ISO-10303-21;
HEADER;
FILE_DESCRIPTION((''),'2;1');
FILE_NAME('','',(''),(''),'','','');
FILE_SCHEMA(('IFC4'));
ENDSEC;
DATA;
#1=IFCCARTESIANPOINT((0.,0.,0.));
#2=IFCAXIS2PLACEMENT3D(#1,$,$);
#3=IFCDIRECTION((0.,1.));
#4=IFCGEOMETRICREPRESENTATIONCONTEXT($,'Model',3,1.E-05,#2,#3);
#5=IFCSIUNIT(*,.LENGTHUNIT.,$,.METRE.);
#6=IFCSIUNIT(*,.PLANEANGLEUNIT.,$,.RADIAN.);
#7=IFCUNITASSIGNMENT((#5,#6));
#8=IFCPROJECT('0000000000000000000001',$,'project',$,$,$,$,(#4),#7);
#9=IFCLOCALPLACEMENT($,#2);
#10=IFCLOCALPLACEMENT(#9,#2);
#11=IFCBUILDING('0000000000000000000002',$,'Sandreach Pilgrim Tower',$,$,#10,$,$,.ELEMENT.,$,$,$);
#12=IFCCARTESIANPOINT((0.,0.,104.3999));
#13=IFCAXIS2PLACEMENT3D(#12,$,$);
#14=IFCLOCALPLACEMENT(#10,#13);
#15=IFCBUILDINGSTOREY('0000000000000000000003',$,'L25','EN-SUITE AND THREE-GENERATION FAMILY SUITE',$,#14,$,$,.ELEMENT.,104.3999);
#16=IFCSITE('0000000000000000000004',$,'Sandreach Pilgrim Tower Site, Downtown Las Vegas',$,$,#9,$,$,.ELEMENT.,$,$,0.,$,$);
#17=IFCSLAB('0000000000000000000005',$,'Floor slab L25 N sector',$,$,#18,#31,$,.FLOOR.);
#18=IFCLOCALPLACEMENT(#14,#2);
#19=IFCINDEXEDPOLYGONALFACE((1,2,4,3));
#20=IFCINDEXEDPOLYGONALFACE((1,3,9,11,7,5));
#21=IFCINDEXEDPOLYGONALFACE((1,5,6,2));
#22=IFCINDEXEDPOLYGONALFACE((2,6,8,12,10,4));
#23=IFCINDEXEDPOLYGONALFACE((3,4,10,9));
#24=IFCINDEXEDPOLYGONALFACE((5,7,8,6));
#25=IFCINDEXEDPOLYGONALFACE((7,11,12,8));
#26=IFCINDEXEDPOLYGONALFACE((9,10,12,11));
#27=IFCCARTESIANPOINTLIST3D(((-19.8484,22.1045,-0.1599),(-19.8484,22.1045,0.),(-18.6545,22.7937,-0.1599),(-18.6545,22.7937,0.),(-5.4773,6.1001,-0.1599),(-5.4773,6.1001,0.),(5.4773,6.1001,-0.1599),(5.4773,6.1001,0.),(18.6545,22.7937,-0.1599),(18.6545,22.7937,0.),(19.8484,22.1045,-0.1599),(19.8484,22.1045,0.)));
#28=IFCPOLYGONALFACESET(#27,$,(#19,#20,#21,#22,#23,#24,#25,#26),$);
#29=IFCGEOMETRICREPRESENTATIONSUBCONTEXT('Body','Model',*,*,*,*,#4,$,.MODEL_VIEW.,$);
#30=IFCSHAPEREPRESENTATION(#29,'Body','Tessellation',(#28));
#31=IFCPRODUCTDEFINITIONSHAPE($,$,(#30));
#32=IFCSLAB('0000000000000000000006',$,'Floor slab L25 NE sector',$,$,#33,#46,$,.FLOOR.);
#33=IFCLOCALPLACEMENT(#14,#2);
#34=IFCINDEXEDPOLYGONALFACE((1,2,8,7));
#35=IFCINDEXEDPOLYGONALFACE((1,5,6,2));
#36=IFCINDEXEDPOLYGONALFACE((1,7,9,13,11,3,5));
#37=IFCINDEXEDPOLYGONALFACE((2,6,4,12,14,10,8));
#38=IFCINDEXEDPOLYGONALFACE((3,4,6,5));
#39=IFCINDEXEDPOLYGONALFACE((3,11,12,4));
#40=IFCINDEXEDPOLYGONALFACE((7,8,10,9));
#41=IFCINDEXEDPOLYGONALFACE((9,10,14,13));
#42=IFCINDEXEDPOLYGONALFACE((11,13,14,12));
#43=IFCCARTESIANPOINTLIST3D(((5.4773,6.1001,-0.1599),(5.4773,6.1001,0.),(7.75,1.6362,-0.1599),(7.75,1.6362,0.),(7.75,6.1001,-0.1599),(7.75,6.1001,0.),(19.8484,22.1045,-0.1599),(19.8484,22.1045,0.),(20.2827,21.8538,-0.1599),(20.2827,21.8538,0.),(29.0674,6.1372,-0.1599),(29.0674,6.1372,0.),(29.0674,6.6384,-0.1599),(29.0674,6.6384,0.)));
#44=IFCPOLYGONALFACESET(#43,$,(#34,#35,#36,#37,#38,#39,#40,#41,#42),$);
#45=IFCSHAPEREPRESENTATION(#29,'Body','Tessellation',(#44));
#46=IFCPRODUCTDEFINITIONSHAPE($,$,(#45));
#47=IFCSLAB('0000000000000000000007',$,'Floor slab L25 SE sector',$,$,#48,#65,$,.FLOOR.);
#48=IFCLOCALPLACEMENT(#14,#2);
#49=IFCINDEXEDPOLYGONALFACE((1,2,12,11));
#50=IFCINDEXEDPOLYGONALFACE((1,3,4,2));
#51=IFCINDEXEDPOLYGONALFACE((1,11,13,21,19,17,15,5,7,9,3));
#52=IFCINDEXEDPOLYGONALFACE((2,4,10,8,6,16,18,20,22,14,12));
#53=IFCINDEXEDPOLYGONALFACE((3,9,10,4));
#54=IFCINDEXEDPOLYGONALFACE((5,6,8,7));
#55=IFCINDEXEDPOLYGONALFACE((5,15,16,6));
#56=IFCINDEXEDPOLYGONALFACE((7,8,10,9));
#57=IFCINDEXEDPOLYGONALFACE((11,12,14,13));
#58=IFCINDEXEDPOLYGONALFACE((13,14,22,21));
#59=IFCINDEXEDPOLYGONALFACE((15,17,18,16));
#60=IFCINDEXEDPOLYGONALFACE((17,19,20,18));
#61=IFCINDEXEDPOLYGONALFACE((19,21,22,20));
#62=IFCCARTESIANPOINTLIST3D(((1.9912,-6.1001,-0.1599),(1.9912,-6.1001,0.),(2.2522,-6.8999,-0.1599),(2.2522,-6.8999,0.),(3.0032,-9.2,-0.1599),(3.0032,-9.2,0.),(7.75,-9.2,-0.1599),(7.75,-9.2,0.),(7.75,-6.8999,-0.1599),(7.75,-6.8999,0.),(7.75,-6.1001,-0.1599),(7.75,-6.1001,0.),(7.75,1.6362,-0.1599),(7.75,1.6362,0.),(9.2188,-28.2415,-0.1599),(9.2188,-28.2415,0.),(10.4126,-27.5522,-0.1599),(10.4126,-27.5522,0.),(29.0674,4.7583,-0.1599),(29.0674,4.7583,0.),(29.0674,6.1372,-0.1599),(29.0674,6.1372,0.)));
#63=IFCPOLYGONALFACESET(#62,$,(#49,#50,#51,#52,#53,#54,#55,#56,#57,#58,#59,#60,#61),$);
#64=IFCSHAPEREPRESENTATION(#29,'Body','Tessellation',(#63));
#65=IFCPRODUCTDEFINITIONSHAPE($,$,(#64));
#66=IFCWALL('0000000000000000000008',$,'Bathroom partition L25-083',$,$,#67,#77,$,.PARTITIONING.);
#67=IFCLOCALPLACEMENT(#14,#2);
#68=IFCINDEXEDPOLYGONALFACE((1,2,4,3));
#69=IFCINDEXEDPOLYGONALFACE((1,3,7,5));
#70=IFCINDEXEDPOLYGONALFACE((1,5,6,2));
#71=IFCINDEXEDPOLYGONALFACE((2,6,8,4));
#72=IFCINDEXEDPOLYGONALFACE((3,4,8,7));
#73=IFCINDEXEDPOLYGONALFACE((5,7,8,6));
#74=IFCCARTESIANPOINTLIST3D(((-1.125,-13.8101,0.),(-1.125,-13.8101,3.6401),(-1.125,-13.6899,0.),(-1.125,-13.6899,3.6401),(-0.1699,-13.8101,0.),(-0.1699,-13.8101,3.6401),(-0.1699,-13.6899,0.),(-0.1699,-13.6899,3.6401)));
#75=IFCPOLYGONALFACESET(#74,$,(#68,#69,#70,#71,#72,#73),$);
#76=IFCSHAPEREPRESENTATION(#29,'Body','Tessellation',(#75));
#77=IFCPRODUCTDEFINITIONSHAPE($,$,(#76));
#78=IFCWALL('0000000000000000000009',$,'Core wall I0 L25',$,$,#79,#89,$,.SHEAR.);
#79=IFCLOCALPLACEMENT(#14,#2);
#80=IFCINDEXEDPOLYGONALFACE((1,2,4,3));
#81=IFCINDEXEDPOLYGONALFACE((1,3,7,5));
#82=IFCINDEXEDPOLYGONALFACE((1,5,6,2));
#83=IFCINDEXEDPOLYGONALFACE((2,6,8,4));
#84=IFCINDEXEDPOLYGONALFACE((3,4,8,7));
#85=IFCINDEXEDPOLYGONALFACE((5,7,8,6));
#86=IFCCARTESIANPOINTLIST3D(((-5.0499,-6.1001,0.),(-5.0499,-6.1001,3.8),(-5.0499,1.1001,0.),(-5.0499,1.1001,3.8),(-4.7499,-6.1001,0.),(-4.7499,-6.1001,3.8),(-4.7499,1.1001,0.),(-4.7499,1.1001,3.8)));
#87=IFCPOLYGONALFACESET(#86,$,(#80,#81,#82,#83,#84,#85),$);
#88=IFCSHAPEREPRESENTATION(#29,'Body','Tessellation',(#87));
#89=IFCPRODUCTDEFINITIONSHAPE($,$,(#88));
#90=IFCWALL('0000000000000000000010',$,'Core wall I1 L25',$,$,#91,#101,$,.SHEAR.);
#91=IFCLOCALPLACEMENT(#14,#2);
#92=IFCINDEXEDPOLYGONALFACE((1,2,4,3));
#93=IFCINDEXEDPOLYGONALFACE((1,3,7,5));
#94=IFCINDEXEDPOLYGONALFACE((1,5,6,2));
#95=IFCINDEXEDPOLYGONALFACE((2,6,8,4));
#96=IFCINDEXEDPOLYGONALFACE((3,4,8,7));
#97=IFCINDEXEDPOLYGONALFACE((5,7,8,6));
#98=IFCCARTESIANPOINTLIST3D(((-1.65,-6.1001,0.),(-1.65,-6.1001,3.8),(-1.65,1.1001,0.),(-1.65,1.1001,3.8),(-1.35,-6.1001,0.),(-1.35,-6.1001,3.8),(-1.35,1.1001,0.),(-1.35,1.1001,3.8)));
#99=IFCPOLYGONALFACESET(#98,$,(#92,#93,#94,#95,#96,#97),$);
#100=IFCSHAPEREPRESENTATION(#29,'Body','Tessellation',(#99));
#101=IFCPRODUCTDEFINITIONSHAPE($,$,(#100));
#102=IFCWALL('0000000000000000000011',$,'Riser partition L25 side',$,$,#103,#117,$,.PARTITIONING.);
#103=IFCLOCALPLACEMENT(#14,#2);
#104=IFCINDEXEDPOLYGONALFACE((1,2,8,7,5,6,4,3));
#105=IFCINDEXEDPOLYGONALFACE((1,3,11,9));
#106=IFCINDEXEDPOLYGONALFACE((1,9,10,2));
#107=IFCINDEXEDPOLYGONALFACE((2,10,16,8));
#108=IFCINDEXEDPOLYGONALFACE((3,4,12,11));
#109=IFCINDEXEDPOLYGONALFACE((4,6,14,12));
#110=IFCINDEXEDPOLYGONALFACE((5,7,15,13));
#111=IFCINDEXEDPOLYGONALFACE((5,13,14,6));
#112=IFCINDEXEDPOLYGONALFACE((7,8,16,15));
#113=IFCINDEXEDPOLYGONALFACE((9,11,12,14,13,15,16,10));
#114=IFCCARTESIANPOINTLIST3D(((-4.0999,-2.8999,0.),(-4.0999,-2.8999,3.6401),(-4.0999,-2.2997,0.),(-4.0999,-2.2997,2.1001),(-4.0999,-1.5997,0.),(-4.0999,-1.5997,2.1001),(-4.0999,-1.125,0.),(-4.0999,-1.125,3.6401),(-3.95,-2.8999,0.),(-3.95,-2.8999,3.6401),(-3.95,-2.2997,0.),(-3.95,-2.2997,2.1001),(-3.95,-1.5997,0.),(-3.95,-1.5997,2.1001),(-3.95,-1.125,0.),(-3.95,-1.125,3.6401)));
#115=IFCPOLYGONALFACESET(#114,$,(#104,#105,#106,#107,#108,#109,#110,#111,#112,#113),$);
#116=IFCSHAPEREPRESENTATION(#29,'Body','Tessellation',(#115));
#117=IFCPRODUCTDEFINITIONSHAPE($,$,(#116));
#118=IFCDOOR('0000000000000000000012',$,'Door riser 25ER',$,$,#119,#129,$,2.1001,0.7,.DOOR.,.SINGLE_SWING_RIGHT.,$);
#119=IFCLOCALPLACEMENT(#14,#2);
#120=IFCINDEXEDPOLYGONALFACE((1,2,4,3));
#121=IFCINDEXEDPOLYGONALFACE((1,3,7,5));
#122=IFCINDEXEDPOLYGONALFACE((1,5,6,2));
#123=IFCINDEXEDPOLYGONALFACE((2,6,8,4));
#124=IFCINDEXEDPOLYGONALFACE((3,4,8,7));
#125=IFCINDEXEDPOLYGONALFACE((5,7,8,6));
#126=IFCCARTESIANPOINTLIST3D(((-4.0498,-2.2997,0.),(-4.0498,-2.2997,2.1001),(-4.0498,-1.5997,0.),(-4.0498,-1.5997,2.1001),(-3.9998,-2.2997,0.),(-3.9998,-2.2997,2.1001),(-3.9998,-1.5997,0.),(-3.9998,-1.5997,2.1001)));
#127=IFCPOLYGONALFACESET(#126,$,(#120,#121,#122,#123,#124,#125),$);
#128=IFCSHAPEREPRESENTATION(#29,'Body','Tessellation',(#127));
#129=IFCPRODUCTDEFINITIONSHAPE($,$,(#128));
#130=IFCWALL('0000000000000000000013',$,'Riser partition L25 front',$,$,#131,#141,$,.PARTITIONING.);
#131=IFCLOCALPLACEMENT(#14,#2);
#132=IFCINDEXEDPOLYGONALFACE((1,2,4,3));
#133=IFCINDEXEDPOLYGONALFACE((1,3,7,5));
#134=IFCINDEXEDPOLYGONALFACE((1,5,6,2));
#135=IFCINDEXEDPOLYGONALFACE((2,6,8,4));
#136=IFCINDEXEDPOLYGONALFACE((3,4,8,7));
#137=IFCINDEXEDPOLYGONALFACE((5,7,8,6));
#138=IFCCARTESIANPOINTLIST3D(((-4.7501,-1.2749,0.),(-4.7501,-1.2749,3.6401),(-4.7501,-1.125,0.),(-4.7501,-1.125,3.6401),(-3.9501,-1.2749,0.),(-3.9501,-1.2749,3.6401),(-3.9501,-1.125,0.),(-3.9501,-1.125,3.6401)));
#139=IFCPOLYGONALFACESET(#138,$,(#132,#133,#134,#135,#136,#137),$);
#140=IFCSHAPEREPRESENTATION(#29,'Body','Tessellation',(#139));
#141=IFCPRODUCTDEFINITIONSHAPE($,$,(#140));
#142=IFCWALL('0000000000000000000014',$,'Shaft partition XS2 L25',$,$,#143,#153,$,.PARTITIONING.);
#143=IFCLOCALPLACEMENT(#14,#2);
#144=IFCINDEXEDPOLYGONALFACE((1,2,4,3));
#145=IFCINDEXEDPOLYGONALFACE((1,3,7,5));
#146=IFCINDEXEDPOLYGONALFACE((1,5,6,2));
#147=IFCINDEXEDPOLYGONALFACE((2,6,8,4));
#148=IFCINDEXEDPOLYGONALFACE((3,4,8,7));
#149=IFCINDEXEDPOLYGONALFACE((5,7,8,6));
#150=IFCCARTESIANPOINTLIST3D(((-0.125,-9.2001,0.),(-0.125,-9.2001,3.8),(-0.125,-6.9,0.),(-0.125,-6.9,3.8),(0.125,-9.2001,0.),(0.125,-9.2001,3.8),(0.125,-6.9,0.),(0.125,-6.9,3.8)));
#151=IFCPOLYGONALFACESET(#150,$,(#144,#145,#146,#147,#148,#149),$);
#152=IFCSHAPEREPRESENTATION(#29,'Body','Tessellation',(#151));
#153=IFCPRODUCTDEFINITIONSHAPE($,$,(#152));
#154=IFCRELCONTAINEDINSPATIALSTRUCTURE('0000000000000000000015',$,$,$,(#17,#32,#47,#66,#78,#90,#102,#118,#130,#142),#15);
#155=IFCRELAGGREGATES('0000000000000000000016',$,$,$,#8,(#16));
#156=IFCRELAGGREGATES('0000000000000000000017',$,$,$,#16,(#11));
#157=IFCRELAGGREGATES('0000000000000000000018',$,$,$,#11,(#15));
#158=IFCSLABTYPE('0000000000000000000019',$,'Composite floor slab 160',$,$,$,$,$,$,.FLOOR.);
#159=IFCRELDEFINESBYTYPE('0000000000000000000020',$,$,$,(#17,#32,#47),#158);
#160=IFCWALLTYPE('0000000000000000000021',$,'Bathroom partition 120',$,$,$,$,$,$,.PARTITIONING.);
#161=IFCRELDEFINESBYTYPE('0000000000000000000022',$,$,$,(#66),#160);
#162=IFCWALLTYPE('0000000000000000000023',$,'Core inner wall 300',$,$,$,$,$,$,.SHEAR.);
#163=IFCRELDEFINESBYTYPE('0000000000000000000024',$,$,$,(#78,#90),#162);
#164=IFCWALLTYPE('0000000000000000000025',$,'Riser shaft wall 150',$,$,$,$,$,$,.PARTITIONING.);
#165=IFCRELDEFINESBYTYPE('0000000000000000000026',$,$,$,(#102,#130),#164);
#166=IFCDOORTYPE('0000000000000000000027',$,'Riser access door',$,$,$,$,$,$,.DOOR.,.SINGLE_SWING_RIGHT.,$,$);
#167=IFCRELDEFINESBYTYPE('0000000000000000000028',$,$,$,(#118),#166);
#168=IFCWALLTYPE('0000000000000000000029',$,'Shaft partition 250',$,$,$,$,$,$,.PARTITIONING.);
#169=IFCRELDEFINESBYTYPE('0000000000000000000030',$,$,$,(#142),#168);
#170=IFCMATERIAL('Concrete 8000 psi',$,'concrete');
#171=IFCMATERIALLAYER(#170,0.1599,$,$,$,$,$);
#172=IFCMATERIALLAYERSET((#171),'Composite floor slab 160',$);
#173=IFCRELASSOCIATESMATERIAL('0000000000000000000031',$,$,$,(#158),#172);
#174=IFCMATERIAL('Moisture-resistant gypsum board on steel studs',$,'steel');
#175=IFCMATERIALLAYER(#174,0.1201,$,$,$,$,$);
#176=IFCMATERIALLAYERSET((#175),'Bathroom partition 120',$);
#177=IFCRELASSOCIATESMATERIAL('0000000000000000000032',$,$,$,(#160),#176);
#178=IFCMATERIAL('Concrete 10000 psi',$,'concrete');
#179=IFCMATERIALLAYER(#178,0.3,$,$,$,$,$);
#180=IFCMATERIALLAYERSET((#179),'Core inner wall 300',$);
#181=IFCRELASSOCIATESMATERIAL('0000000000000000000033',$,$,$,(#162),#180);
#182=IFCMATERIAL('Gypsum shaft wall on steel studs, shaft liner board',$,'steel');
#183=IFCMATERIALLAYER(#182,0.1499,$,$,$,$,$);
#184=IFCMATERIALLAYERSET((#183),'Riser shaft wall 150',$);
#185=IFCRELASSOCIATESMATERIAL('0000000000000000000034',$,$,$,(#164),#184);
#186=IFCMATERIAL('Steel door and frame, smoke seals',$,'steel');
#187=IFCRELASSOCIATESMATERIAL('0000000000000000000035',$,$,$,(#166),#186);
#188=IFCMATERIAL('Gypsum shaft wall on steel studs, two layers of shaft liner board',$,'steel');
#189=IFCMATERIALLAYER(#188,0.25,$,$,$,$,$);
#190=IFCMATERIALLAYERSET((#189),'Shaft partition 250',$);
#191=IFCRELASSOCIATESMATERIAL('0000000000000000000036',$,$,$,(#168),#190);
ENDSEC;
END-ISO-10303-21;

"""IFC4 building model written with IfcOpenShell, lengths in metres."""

from ifc_helpers import new_model, si_unit, direction, frame, frame_2d, origin, place, context, subcontext, project, spatial, polyline, rectangle, outline, extrude, material, layer, layer_set, type_object, element, fill, save


model = new_model("IFC4")

# Units and contexts
model_context = context("Model", 3, precision=1e-05, world=origin(), true_north=direction((0.0, 1.0)))
body_context = subcontext(model_context, "Body", "Model", "MODEL_VIEW")
ifc_project = project(units=[si_unit("LENGTHUNIT", "METRE"), si_unit("PLANEANGLEUNIT", "RADIAN")], contexts=[model_context])

# Site, building, storey
site_placement = place(None, origin())
site = spatial("IfcSite", under=ifc_project, at=site_placement, Name="Sandreach Pilgrim Tower Site, Downtown Las Vegas", CompositionType="ELEMENT", RefElevation=0.0)
building_placement = place(site_placement, origin())
building = spatial("IfcBuilding", under=site, at=building_placement, Name="Sandreach Pilgrim Tower", CompositionType="ELEMENT")
storey_placement = place(building_placement, frame((0.0, 0.0, 104.3999)))
storey = spatial("IfcBuildingStorey", under=building, at=storey_placement, Name="L25", Description="EN-SUITE AND THREE-GENERATION FAMILY SUITE", CompositionType="ELEMENT", Elevation=104.3999)

# Slabs
ifc_material_1 = material(Name="Concrete 8000 psi", Category="concrete")
ifc_layer_1 = layer(ifc_material_1, 0.1599)
ifc_layer_set_1 = layer_set([ifc_layer_1], Name="Composite floor slab 160")
slab_type = type_object("IfcSlabType", Name="Composite floor slab 160", PredefinedType="FLOOR", material=ifc_layer_set_1)
slab_1_placement = place(storey_placement, frame((0.0, 0.0, -0.1599)))
element("IfcSlab", 1, at=slab_1_placement, inside=storey, type_object=slab_type, Name="Floor slab L25 N sector", PredefinedType="FLOOR", context=body_context, shape_type="SweptSolid", body=[
    extrude(outline(polyline([(-18.6545, 22.7937), (18.6545, 22.7937), (19.8484, 22.1045), (5.4773, 6.1001), (-5.4773, 6.1001), (-19.8484, 22.1045), (-18.6545, 22.7937)])), origin(), (0.0, 0.0, 1.0), 0.1599),
])
slab_2_placement = place(storey_placement, frame((0.0, 0.0, -0.1599)))
element("IfcSlab", 2, at=slab_2_placement, inside=storey, type_object=slab_type, Name="Floor slab L25 NE sector", PredefinedType="FLOOR", context=body_context, shape_type="SweptSolid", body=[
    extrude(outline(polyline([(20.2827, 21.8538), (29.0674, 6.6384), (29.0674, 6.1372), (7.75, 1.6362), (7.75, 6.1001), (5.4773, 6.1001), (19.8484, 22.1045), (20.2827, 21.8538)])), origin(), (0.0, 0.0, 1.0), 0.1599),
])
slab_3_placement = place(storey_placement, frame((0.0, 0.0, -0.1599)))
element("IfcSlab", 3, at=slab_3_placement, inside=storey, type_object=slab_type, Name="Floor slab L25 SE sector", PredefinedType="FLOOR", context=body_context, shape_type="SweptSolid", body=[
    extrude(outline(polyline([(29.0674, 4.7583), (10.4126, -27.5522), (9.2188, -28.2415), (3.0032, -9.2), (7.75, -9.2), (7.75, -6.8999), (2.2522, -6.8999), (1.9912, -6.1001), (7.75, -6.1001), (7.75, 1.6362), (29.0674, 6.1372), (29.0674, 4.7583)])), origin(), (0.0, 0.0, 1.0), 0.1599),
])

# Walls
ifc_material_2 = material(Name="Moisture-resistant gypsum board on steel studs", Category="steel")
ifc_layer_2 = layer(ifc_material_2, 0.1201)
ifc_layer_set_2 = layer_set([ifc_layer_2], Name="Bathroom partition 120")
wall_type_1 = type_object("IfcWallType", Name="Bathroom partition 120", PredefinedType="PARTITIONING", material=ifc_layer_set_2)
wall_1_placement = place(storey_placement, frame((-1.125, -13.75, 0.0), z_axis=(0.0, 0.0, 1.0), x_axis=(1.0, 0.0, 0.0)))
element("IfcWall", 4, at=wall_1_placement, inside=storey, type_object=wall_type_1, Name="Bathroom partition L25-083", PredefinedType="PARTITIONING", context=body_context, shape_type="SweptSolid", body=[
    extrude(rectangle(XDim=0.9551, YDim=0.1201, at=frame_2d((0.4775, 0.0))), origin(), (0.0, 0.0, 1.0), 3.6401),
])
ifc_material_3 = material(Name="Concrete 10000 psi", Category="concrete")
ifc_layer_3 = layer(ifc_material_3, 0.3)
ifc_layer_set_3 = layer_set([ifc_layer_3], Name="Core inner wall 300")
wall_type_2 = type_object("IfcWallType", Name="Core inner wall 300", PredefinedType="SHEAR", material=ifc_layer_set_3)
for number, where, z_axis, x_axis, name in (
    (5, (-4.8999, -6.1001, 0.0), (0.0, 0.0, 1.0), (0.0, 1.0, 0.0), "Core wall I0 L25"),
    (6, (-1.5, -6.1001, 0.0), (0.0, 0.0, 1.0), (0.0, 1.0, 0.0), "Core wall I1 L25"),
):
    element("IfcWall", number, at=place(storey_placement, frame(where, z_axis=z_axis, x_axis=x_axis)), inside=storey, type_object=wall_type_2, Name=name, PredefinedType="SHEAR", context=body_context, shape_type="SweptSolid", body=[
        extrude(rectangle(XDim=7.2002, YDim=0.3, at=frame_2d((3.6001, 0.0))), origin(), (0.0, 0.0, 1.0), 3.8),
    ])

# Wall, opening, door
ifc_material_4 = material(Name="Gypsum shaft wall on steel studs, shaft liner board", Category="steel")
ifc_layer_4 = layer(ifc_material_4, 0.1499)
ifc_layer_set_4 = layer_set([ifc_layer_4], Name="Riser shaft wall 150")
wall_type_3 = type_object("IfcWallType", Name="Riser shaft wall 150", PredefinedType="PARTITIONING", material=ifc_layer_set_4)
wall_2_placement = place(storey_placement, frame((-4.0249, -2.8999, 0.0), z_axis=(0.0, 0.0, 1.0), x_axis=(0.0, 1.0, 0.0)))
wall_2 = element("IfcWall", 7, at=wall_2_placement, inside=storey, type_object=wall_type_3, Name="Riser partition L25 side", PredefinedType="PARTITIONING", context=body_context, shape_type="SweptSolid", body=[
    extrude(rectangle(XDim=1.7749, YDim=0.1499, at=frame_2d((0.8875, 0.0))), origin(), (0.0, 0.0, 1.0), 3.6401),
])
opening_1_placement = place(wall_2_placement, frame((0.6001, 0.0, 0.0)))
opening_1 = element("IfcOpeningElement", 8, at=opening_1_placement, cuts=wall_2, PredefinedType="OPENING", context=body_context, shape_type="SweptSolid", body=[
    extrude(rectangle(XDim=0.7, YDim=2.1001, at=frame_2d((0.3501, 1.05))), frame((0.0, 0.075, 0.0), z_axis=(0.0, -1.0, 0.0), x_axis=(1.0, 0.0, 0.0)), (0.0, 0.0, 1.0), 0.1499),
])
ifc_material_5 = material(Name="Steel door and frame, smoke seals", Category="steel")
door_type_1 = type_object("IfcDoorType", Name="Riser access door", OperationType="SINGLE_SWING_RIGHT", PredefinedType="DOOR", material=ifc_material_5)
door_1_placement = place(opening_1_placement, origin())
door_1 = element("IfcDoor", 9, at=door_1_placement, inside=storey, type_object=door_type_1, Name="Door riser 25ER", OperationType="SINGLE_SWING_RIGHT", OverallHeight=2.1001, OverallWidth=0.7, PredefinedType="DOOR", context=body_context, shape_type="SweptSolid", body=[
    extrude(rectangle(XDim=0.7, YDim=2.1001, at=frame_2d((0.3501, 1.05))), frame((0.0, 0.0249, 0.0), z_axis=(0.0, -1.0, 0.0), x_axis=(1.0, 0.0, 0.0)), (0.0, 0.0, 1.0), 0.05),
])
fill(opening_1, door_1)

# Walls
wall_3_placement = place(storey_placement, frame((-4.75, -1.2, 0.0), z_axis=(0.0, 0.0, 1.0), x_axis=(1.0, 0.0, 0.0)))
element("IfcWall", 10, at=wall_3_placement, inside=storey, type_object=wall_type_3, Name="Riser partition L25 front", PredefinedType="PARTITIONING", context=body_context, shape_type="SweptSolid", body=[
    extrude(rectangle(XDim=0.8, YDim=0.1499, at=frame_2d((0.3999, 0.0))), origin(), (0.0, 0.0, 1.0), 3.6401),
])
ifc_material_6 = material(Name="Gypsum shaft wall on steel studs, two layers of shaft liner board", Category="steel")
ifc_layer_5 = layer(ifc_material_6, 0.25)
ifc_layer_set_5 = layer_set([ifc_layer_5], Name="Shaft partition 250")
wall_type_4 = type_object("IfcWallType", Name="Shaft partition 250", PredefinedType="PARTITIONING", material=ifc_layer_set_5)
wall_4_placement = place(storey_placement, frame((0.0, -9.2, 0.0), z_axis=(0.0, 0.0, 1.0), x_axis=(0.0, 1.0, 0.0)))
element("IfcWall", 11, at=wall_4_placement, inside=storey, type_object=wall_type_4, Name="Shaft partition XS2 L25", PredefinedType="PARTITIONING", context=body_context, shape_type="SweptSolid", body=[
    extrude(rectangle(XDim=2.3, YDim=0.25, at=frame_2d((1.1499, 0.0))), origin(), (0.0, 0.0, 1.0), 3.8),
])

save(model, "model.ifc")
